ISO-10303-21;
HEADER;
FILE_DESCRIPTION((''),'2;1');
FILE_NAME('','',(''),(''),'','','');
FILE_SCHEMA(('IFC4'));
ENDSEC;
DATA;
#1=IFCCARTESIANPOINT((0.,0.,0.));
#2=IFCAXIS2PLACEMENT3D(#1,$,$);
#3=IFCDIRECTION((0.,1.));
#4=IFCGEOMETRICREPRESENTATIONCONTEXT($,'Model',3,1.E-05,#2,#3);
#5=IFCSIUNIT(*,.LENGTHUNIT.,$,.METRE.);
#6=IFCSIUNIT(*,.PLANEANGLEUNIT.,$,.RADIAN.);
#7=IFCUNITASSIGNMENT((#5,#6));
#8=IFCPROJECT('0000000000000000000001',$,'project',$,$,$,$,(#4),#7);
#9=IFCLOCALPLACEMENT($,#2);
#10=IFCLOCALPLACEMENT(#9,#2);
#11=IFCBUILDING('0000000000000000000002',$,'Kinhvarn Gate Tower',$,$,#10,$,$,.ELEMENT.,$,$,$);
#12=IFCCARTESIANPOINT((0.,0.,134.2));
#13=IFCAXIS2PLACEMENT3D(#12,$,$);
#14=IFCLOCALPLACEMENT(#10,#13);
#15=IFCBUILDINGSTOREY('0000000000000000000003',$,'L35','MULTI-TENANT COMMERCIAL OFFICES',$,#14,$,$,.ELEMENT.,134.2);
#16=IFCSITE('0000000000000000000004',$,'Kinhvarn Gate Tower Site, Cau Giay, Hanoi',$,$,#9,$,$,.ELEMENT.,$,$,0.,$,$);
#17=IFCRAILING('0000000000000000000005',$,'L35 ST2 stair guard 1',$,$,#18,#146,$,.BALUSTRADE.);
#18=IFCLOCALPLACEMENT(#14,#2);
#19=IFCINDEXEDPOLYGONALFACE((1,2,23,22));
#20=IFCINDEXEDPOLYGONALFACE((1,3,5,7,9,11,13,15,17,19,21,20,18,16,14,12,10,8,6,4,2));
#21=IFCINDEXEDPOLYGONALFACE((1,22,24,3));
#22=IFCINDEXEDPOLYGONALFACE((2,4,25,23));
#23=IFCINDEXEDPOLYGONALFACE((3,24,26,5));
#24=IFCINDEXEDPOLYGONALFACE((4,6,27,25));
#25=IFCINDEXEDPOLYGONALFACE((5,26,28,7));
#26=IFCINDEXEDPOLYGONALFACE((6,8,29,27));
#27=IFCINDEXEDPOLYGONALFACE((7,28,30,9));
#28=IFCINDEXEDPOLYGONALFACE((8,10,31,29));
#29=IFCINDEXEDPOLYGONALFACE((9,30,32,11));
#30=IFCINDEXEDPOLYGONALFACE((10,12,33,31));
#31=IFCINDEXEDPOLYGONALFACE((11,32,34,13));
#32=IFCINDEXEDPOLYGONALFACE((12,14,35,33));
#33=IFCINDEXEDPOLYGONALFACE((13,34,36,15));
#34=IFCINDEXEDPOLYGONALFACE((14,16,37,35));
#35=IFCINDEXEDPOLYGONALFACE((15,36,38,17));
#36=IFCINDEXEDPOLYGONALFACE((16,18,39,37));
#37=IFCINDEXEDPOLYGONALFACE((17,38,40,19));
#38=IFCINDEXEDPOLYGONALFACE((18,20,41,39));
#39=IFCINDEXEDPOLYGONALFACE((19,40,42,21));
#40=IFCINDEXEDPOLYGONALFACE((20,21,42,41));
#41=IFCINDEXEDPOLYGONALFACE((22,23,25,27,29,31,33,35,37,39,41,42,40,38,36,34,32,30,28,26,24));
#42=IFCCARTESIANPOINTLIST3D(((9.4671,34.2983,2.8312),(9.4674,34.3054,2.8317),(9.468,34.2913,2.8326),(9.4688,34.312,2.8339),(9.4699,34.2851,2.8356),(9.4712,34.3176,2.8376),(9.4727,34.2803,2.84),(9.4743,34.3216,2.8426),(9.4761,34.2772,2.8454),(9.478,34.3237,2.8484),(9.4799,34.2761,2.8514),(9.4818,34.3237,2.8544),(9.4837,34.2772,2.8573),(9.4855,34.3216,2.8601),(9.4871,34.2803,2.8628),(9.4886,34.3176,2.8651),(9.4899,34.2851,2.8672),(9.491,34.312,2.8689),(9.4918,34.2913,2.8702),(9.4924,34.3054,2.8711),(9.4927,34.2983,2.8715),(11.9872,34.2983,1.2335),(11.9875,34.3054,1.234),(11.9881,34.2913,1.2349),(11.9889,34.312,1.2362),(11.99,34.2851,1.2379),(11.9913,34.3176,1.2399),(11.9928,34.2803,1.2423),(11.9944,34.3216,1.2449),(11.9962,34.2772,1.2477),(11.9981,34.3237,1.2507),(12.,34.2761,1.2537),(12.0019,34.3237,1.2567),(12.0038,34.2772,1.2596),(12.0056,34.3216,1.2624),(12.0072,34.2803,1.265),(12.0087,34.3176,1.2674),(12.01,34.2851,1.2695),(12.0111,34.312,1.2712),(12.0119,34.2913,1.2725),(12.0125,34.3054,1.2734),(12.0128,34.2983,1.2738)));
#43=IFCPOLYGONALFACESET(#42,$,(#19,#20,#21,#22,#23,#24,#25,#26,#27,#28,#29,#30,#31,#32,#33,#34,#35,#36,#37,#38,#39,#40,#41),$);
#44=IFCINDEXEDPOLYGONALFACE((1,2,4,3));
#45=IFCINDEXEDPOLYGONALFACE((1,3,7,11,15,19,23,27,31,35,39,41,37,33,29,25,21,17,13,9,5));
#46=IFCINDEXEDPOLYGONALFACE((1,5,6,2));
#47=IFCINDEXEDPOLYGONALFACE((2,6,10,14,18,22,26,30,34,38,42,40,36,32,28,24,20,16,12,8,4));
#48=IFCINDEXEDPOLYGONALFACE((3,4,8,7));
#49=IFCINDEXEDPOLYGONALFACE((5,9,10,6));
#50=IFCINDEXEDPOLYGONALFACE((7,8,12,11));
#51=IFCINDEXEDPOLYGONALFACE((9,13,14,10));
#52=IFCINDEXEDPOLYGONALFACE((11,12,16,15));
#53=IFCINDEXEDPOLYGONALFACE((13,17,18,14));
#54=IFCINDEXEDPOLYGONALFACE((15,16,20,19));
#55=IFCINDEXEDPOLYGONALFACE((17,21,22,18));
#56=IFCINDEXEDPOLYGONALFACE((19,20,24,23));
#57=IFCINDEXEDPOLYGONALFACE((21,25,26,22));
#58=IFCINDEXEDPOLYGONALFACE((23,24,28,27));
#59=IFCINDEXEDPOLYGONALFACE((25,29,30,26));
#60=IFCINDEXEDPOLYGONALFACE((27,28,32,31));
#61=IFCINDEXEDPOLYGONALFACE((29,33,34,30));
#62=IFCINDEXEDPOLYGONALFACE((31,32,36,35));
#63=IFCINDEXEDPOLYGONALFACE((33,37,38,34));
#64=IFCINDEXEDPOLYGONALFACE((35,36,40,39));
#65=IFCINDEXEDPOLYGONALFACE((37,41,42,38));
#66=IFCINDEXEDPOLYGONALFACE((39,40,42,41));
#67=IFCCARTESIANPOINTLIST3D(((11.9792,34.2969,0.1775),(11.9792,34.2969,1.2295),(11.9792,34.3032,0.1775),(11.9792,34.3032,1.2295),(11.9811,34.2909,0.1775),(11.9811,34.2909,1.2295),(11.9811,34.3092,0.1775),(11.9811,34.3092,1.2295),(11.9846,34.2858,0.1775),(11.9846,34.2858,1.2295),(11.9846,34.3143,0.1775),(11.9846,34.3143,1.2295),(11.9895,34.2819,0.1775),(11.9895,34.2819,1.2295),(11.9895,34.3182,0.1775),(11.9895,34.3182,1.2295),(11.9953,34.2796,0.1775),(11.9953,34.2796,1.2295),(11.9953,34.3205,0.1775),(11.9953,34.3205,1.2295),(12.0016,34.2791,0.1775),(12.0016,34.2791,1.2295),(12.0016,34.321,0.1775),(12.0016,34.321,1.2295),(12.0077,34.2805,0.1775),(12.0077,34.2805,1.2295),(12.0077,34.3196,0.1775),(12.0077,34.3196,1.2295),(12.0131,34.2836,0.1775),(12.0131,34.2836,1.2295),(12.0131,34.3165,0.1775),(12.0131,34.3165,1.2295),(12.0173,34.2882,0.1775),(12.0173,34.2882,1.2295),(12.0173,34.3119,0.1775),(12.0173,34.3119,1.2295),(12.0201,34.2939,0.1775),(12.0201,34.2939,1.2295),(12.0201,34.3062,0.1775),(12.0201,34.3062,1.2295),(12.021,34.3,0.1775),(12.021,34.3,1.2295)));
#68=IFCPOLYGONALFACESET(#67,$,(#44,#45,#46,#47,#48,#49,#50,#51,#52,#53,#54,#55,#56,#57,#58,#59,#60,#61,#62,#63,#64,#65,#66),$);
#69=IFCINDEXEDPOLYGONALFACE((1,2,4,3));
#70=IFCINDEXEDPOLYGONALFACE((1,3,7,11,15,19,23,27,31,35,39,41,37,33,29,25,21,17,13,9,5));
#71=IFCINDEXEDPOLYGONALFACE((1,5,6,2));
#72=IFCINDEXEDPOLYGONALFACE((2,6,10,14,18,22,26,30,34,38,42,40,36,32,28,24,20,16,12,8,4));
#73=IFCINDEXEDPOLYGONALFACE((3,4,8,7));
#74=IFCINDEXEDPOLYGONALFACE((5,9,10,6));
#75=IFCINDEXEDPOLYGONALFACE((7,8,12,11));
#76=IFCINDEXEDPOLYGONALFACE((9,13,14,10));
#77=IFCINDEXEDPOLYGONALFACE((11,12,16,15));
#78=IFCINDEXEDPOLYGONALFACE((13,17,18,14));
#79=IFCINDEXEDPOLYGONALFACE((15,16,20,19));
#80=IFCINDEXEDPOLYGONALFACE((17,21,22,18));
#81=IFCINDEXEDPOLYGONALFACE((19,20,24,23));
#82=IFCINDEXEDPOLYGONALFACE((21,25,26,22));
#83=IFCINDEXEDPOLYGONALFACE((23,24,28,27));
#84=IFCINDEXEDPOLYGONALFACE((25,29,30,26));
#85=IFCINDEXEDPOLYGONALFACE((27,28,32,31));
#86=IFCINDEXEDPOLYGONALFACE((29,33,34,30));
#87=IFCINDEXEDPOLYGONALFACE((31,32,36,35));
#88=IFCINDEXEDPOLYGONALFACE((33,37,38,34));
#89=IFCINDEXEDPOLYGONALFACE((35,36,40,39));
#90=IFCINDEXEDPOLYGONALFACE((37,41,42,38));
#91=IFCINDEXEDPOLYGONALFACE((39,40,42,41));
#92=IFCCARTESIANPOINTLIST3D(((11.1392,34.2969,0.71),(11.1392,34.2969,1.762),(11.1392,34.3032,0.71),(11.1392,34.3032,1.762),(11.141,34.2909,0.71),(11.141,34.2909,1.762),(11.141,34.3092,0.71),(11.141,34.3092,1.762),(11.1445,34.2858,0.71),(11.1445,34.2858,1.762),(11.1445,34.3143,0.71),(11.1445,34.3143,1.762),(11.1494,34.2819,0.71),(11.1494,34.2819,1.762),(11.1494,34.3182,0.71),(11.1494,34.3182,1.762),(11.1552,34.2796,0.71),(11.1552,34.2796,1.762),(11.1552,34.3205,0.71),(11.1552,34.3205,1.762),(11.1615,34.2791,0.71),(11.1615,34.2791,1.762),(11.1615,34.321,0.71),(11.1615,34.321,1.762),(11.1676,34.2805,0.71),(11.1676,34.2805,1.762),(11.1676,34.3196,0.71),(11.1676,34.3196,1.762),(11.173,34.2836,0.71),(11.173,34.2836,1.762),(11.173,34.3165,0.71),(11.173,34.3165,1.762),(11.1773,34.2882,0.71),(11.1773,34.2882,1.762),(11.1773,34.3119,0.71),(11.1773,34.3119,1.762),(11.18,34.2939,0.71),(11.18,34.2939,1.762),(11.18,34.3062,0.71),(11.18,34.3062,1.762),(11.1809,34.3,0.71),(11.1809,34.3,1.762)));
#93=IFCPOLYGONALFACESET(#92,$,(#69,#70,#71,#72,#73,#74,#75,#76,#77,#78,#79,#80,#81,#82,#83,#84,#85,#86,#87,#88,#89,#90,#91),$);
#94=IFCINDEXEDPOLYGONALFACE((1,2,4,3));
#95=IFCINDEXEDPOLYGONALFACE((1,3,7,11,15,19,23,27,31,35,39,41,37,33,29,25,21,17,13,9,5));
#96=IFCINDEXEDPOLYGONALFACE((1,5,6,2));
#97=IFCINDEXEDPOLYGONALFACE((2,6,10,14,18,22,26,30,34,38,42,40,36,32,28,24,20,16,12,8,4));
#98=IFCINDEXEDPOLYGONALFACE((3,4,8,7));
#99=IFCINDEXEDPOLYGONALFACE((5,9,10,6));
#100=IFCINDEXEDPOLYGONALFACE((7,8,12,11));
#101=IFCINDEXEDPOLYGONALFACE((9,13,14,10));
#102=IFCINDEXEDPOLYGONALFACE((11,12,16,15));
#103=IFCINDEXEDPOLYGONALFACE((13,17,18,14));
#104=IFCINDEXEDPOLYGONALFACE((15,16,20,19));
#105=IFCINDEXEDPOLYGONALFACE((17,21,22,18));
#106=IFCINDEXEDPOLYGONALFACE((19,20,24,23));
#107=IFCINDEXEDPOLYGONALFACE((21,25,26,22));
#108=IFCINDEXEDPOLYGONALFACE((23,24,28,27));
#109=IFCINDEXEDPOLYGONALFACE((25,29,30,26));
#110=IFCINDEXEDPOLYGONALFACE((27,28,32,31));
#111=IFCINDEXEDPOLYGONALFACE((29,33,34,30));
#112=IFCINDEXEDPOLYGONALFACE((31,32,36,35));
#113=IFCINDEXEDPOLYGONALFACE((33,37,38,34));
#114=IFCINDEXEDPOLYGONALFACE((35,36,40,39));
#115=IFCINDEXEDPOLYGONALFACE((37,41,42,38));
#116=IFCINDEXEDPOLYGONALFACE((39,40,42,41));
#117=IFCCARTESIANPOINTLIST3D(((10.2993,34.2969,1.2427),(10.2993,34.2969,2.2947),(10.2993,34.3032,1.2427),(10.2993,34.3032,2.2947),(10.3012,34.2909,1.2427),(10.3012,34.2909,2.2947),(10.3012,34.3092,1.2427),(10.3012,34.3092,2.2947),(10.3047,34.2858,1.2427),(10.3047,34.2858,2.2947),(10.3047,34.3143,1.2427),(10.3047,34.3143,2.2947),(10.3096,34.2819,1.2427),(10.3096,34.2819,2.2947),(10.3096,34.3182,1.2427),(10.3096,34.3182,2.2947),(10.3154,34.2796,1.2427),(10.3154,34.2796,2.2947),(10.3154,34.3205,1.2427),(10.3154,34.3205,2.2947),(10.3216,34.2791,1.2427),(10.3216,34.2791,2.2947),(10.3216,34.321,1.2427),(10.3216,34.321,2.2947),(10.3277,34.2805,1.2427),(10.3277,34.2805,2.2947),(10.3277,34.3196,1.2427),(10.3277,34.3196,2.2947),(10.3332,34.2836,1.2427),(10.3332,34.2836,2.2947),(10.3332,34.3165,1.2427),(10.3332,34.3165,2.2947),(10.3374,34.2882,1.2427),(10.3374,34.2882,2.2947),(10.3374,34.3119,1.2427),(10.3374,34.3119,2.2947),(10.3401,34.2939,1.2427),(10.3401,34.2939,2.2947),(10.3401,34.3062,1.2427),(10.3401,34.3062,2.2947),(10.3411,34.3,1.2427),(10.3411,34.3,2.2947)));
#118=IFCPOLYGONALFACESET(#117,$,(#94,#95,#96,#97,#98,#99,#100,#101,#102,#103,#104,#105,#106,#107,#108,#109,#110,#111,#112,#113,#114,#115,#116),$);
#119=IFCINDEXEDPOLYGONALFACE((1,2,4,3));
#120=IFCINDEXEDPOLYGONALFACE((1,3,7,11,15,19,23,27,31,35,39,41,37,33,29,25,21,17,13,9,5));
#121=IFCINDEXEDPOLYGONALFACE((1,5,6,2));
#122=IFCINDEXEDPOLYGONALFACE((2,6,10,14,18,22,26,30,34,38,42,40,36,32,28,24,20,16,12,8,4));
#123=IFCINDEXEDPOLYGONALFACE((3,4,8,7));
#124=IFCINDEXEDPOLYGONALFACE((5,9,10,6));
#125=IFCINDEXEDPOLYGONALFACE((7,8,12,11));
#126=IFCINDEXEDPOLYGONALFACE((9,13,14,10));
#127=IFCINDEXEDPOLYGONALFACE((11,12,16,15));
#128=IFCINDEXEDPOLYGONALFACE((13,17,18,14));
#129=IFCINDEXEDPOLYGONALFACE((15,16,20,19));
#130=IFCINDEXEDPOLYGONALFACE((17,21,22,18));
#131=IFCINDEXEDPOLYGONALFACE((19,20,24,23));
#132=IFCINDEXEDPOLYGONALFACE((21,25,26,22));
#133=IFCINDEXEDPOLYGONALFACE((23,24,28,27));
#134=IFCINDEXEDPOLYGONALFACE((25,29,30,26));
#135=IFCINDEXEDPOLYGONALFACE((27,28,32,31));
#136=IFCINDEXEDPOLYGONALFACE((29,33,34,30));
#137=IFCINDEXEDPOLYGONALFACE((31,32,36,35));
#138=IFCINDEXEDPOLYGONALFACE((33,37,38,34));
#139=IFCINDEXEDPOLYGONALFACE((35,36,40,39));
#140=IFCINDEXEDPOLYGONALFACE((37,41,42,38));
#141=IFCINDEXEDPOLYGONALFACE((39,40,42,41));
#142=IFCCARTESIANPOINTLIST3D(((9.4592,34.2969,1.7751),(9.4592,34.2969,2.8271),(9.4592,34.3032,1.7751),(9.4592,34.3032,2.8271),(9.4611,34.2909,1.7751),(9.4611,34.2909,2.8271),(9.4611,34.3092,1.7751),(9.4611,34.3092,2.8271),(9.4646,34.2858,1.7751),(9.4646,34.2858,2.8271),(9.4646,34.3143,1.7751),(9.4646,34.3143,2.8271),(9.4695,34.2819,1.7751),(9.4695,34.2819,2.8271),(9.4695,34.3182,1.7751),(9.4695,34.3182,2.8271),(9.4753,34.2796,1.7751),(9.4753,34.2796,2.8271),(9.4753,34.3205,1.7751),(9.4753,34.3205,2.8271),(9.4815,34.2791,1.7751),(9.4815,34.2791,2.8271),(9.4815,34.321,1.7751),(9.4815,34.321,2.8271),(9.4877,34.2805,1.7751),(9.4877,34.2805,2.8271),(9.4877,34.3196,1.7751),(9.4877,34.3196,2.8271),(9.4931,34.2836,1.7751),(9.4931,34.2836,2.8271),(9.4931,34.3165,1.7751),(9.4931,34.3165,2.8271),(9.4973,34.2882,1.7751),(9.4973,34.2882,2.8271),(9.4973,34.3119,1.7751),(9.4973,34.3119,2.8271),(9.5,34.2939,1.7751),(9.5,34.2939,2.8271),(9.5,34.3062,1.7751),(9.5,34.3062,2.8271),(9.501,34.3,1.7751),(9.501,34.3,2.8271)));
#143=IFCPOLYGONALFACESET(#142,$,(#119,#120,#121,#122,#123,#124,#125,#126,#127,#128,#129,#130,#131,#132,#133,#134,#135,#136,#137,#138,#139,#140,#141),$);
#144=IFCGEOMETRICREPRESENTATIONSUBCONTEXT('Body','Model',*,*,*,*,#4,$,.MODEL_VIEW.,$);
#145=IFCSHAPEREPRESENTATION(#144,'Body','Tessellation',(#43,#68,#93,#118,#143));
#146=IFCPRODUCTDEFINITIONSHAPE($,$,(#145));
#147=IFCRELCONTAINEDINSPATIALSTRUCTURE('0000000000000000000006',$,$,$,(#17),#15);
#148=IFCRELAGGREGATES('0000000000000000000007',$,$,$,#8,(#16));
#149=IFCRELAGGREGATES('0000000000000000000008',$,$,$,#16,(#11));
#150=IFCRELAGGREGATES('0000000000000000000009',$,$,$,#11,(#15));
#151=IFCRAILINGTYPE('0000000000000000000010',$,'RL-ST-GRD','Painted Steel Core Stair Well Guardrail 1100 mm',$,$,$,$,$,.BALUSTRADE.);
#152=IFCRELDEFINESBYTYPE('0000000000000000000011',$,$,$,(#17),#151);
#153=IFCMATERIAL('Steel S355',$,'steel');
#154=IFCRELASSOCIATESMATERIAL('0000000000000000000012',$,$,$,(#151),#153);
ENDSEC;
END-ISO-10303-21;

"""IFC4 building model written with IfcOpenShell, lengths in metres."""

from ifc_helpers import new_model, si_unit, direction, frame, origin, origin_2d, place, context, subcontext, project, spatial, circle, extrude, material, type_object, element, save


model = new_model("IFC4")

# Units and contexts
model_context = context("Model", 3, precision=1e-05, world=origin(), true_north=direction((0.0, 1.0)))
body_context = subcontext(model_context, "Body", "Model", "MODEL_VIEW")
ifc_project = project(units=[si_unit("LENGTHUNIT", "METRE"), si_unit("PLANEANGLEUNIT", "RADIAN")], contexts=[model_context])

# Site, building, storey
site_placement = place(None, origin())
site = spatial("IfcSite", under=ifc_project, at=site_placement, Name="Kinhvarn Gate Tower Site, Cau Giay, Hanoi", CompositionType="ELEMENT", RefElevation=0.0)
building_placement = place(site_placement, origin())
building = spatial("IfcBuilding", under=site, at=building_placement, Name="Kinhvarn Gate Tower", CompositionType="ELEMENT")
storey_placement = place(building_placement, frame((0.0, 0.0, 134.2)))
storey = spatial("IfcBuildingStorey", under=building, at=storey_placement, Name="L35", Description="MULTI-TENANT COMMERCIAL OFFICES", CompositionType="ELEMENT", Elevation=134.2)

# Shared definitions
ifc_material_1 = material(Name="Steel S355", Category="steel")

# Railing
railing_type_1 = type_object("IfcRailingType", Name="RL-ST-GRD", Description="Painted Steel Core Stair Well Guardrail 1100 mm", PredefinedType="BALUSTRADE", material=ifc_material_1)
railing_1_placement = place(storey_placement, frame((12.0, 34.3, 0.1775)))
element("IfcRailing", 1, at=railing_1_placement, inside=storey, type_object=railing_type_1, Name="L35 ST2 stair guard 1", PredefinedType="BALUSTRADE", context=body_context, shape_type="SweptSolid", body=[
    extrude(circle(Radius=0.0239, at=origin_2d()), frame((0.0, 0.0, 1.0762), z_axis=(-0.84457, 0.0, 0.535445), x_axis=(0.0, -1.0, 0.0)), (0.0, 0.0, 1.0), 2.9839),
    extrude(circle(Radius=0.021, at=origin_2d()), origin(), (0.0, 0.0, 1.0), 1.052),
    extrude(circle(Radius=0.021, at=origin_2d()), frame((-0.8401, 0.0, 0.5325)), (0.0, 0.0, 1.0), 1.052),
    extrude(circle(Radius=0.021, at=origin_2d()), frame((-1.6799, 0.0, 1.0652)), (0.0, 0.0, 1.0), 1.052),
    extrude(circle(Radius=0.021, at=origin_2d()), frame((-2.52, 0.0, 1.5977)), (0.0, 0.0, 1.0), 1.052),
])

save(model, "model.ifc")
